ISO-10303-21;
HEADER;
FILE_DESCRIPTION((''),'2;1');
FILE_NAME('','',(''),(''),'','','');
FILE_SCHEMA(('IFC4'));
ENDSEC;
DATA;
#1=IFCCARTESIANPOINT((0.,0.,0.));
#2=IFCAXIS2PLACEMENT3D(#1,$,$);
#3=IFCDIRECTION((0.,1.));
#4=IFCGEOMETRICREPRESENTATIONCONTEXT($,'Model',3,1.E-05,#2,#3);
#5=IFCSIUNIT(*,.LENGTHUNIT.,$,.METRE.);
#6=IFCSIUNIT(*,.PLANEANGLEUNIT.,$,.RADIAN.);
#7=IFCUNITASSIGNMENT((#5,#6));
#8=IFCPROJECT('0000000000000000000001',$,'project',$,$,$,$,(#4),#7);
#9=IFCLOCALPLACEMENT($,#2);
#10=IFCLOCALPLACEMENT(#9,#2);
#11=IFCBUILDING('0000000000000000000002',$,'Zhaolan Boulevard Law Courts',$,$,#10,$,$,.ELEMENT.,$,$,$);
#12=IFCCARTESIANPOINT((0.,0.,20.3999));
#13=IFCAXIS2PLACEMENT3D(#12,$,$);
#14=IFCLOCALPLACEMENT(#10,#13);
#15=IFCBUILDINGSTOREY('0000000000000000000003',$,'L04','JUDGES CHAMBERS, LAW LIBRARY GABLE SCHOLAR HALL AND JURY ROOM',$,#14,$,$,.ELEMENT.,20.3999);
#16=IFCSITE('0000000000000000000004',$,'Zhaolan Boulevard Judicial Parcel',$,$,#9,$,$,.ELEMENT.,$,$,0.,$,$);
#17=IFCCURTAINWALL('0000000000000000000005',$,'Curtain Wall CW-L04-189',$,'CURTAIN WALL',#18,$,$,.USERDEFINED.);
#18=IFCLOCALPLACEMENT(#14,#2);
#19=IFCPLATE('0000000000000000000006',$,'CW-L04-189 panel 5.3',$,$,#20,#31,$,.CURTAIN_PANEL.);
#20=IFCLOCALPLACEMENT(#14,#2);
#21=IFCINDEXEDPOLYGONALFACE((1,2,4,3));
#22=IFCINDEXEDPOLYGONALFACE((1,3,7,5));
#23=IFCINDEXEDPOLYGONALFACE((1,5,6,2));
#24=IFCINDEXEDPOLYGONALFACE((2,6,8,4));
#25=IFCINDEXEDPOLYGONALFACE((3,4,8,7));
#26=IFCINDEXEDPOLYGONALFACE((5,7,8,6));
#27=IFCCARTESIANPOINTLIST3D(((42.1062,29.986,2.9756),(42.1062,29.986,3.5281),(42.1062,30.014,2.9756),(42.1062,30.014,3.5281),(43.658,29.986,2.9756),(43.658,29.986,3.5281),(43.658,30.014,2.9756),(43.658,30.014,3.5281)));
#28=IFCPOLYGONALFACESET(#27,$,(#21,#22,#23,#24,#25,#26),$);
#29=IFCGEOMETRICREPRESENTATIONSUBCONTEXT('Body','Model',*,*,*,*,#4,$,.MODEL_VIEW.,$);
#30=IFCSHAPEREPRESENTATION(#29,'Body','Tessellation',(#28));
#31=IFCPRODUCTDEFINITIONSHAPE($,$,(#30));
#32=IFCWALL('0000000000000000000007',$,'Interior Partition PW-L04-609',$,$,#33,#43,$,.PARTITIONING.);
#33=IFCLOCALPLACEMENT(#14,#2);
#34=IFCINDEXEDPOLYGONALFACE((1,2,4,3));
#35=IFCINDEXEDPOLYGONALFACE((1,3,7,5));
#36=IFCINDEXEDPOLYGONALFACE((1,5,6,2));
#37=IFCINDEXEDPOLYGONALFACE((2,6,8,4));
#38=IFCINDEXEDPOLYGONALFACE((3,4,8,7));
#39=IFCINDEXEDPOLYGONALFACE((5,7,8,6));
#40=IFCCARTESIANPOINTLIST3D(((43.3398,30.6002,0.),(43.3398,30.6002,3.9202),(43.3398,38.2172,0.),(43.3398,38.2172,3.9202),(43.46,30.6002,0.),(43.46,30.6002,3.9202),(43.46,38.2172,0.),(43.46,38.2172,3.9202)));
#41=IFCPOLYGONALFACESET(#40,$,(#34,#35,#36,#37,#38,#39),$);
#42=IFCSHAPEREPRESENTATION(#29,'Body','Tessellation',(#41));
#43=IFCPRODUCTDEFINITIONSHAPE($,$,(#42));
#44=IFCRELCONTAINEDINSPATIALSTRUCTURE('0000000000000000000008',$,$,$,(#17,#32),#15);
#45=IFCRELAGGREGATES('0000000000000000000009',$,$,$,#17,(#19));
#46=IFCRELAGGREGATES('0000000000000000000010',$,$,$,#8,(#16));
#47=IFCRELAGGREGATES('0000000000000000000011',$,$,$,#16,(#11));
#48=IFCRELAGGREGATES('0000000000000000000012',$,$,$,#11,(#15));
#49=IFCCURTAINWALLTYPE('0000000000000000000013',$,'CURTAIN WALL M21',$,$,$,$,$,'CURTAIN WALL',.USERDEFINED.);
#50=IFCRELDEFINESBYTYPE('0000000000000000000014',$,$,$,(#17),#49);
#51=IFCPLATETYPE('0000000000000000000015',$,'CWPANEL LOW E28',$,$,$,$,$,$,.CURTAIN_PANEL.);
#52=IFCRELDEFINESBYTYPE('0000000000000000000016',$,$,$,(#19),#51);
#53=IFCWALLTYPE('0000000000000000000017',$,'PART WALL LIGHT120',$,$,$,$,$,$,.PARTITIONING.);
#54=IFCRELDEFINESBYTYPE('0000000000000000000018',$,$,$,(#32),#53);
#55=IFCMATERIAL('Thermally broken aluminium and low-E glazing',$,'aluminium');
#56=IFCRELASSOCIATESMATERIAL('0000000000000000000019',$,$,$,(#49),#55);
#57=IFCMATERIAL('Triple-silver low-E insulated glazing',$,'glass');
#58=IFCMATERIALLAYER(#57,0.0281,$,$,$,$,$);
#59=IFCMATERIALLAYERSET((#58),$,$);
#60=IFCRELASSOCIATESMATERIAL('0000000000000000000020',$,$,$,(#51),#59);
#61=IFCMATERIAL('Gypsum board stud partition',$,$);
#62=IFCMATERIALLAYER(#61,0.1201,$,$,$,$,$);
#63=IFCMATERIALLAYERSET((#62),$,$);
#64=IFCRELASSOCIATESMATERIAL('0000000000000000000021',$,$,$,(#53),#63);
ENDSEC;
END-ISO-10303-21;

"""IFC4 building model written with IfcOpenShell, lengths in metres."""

from ifc_helpers import new_model, si_unit, direction, frame, frame_2d, origin, origin_2d, place, context, subcontext, project, spatial, rectangle, extrude, material, layer, layer_set, type_object, element, aggregate, save


model = new_model("IFC4")

# Units and contexts
model_context = context("Model", 3, precision=1e-05, world=origin(), true_north=direction((0.0, 1.0)))
body_context = subcontext(model_context, "Body", "Model", "MODEL_VIEW")
ifc_project = project(units=[si_unit("LENGTHUNIT", "METRE"), si_unit("PLANEANGLEUNIT", "RADIAN")], contexts=[model_context])

# Site, building, storey
site_placement = place(None, origin())
site = spatial("IfcSite", under=ifc_project, at=site_placement, Name="Zhaolan Boulevard Judicial Parcel", CompositionType="ELEMENT", RefElevation=0.0)
building_placement = place(site_placement, origin())
building = spatial("IfcBuilding", under=site, at=building_placement, Name="Zhaolan Boulevard Law Courts", CompositionType="ELEMENT")
storey_placement = place(building_placement, frame((0.0, 0.0, 20.3999)))
storey = spatial("IfcBuildingStorey", under=building, at=storey_placement, Name="L04", Description="JUDGES CHAMBERS, LAW LIBRARY GABLE SCHOLAR HALL AND JURY ROOM", CompositionType="ELEMENT", Elevation=20.3999)

# Curtain wall
ifc_material_1 = material(Name="Thermally broken aluminium and low-E glazing", Category="aluminium")
curtain_wall_type = type_object("IfcCurtainWallType", Name="CURTAIN WALL M21", ElementType="CURTAIN WALL", PredefinedType="USERDEFINED", material=ifc_material_1)
curtain_wall_placement = place(storey_placement, origin())
curtain_wall = element("IfcCurtainWall", 1, at=curtain_wall_placement, inside=storey, type_object=curtain_wall_type, Name="Curtain Wall CW-L04-189", ObjectType="CURTAIN WALL", PredefinedType="USERDEFINED")

# Plate
ifc_material_2 = material(Name="Triple-silver low-E insulated glazing", Category="glass")
ifc_layer_1 = layer(ifc_material_2, 0.0281)
ifc_layer_set_1 = layer_set([ifc_layer_1])
plate_type = type_object("IfcPlateType", Name="CWPANEL LOW E28", PredefinedType="CURTAIN_PANEL", material=ifc_layer_set_1)
plate_1_placement = place(storey_placement, frame((42.8821, 30.0, 2.9756), z_axis=(0.0, 0.0, 1.0), x_axis=(1.0, 0.0, 0.0)))
plate_1 = element("IfcPlate", 2, at=plate_1_placement, type_object=plate_type, Name="CW-L04-189 panel 5.3", PredefinedType="CURTAIN_PANEL", context=body_context, shape_type="SweptSolid", body=[
    extrude(rectangle(XDim=1.5518, YDim=0.0281, at=origin_2d()), origin(), (0.0, 0.0, 1.0), 0.5525),
])
aggregate(curtain_wall, [plate_1])

# Wall
ifc_material_3 = material(Name="Gypsum board stud partition")
ifc_layer_2 = layer(ifc_material_3, 0.1201)
ifc_layer_set_2 = layer_set([ifc_layer_2])
wall_type = type_object("IfcWallType", Name="PART WALL LIGHT120", PredefinedType="PARTITIONING", material=ifc_layer_set_2)
wall_placement = place(storey_placement, frame((43.3999, 30.6001, 0.0), z_axis=(0.0, 0.0, 1.0), x_axis=(0.0, 1.0, 0.0)))
element("IfcWall", 3, at=wall_placement, inside=storey, type_object=wall_type, Name="Interior Partition PW-L04-609", PredefinedType="PARTITIONING", context=body_context, shape_type="SweptSolid", body=[
    extrude(rectangle(XDim=7.6169, YDim=0.1201, at=frame_2d((3.8086, 0.0))), origin(), (0.0, 0.0, 1.0), 3.9202),
])

save(model, "model.ifc")
